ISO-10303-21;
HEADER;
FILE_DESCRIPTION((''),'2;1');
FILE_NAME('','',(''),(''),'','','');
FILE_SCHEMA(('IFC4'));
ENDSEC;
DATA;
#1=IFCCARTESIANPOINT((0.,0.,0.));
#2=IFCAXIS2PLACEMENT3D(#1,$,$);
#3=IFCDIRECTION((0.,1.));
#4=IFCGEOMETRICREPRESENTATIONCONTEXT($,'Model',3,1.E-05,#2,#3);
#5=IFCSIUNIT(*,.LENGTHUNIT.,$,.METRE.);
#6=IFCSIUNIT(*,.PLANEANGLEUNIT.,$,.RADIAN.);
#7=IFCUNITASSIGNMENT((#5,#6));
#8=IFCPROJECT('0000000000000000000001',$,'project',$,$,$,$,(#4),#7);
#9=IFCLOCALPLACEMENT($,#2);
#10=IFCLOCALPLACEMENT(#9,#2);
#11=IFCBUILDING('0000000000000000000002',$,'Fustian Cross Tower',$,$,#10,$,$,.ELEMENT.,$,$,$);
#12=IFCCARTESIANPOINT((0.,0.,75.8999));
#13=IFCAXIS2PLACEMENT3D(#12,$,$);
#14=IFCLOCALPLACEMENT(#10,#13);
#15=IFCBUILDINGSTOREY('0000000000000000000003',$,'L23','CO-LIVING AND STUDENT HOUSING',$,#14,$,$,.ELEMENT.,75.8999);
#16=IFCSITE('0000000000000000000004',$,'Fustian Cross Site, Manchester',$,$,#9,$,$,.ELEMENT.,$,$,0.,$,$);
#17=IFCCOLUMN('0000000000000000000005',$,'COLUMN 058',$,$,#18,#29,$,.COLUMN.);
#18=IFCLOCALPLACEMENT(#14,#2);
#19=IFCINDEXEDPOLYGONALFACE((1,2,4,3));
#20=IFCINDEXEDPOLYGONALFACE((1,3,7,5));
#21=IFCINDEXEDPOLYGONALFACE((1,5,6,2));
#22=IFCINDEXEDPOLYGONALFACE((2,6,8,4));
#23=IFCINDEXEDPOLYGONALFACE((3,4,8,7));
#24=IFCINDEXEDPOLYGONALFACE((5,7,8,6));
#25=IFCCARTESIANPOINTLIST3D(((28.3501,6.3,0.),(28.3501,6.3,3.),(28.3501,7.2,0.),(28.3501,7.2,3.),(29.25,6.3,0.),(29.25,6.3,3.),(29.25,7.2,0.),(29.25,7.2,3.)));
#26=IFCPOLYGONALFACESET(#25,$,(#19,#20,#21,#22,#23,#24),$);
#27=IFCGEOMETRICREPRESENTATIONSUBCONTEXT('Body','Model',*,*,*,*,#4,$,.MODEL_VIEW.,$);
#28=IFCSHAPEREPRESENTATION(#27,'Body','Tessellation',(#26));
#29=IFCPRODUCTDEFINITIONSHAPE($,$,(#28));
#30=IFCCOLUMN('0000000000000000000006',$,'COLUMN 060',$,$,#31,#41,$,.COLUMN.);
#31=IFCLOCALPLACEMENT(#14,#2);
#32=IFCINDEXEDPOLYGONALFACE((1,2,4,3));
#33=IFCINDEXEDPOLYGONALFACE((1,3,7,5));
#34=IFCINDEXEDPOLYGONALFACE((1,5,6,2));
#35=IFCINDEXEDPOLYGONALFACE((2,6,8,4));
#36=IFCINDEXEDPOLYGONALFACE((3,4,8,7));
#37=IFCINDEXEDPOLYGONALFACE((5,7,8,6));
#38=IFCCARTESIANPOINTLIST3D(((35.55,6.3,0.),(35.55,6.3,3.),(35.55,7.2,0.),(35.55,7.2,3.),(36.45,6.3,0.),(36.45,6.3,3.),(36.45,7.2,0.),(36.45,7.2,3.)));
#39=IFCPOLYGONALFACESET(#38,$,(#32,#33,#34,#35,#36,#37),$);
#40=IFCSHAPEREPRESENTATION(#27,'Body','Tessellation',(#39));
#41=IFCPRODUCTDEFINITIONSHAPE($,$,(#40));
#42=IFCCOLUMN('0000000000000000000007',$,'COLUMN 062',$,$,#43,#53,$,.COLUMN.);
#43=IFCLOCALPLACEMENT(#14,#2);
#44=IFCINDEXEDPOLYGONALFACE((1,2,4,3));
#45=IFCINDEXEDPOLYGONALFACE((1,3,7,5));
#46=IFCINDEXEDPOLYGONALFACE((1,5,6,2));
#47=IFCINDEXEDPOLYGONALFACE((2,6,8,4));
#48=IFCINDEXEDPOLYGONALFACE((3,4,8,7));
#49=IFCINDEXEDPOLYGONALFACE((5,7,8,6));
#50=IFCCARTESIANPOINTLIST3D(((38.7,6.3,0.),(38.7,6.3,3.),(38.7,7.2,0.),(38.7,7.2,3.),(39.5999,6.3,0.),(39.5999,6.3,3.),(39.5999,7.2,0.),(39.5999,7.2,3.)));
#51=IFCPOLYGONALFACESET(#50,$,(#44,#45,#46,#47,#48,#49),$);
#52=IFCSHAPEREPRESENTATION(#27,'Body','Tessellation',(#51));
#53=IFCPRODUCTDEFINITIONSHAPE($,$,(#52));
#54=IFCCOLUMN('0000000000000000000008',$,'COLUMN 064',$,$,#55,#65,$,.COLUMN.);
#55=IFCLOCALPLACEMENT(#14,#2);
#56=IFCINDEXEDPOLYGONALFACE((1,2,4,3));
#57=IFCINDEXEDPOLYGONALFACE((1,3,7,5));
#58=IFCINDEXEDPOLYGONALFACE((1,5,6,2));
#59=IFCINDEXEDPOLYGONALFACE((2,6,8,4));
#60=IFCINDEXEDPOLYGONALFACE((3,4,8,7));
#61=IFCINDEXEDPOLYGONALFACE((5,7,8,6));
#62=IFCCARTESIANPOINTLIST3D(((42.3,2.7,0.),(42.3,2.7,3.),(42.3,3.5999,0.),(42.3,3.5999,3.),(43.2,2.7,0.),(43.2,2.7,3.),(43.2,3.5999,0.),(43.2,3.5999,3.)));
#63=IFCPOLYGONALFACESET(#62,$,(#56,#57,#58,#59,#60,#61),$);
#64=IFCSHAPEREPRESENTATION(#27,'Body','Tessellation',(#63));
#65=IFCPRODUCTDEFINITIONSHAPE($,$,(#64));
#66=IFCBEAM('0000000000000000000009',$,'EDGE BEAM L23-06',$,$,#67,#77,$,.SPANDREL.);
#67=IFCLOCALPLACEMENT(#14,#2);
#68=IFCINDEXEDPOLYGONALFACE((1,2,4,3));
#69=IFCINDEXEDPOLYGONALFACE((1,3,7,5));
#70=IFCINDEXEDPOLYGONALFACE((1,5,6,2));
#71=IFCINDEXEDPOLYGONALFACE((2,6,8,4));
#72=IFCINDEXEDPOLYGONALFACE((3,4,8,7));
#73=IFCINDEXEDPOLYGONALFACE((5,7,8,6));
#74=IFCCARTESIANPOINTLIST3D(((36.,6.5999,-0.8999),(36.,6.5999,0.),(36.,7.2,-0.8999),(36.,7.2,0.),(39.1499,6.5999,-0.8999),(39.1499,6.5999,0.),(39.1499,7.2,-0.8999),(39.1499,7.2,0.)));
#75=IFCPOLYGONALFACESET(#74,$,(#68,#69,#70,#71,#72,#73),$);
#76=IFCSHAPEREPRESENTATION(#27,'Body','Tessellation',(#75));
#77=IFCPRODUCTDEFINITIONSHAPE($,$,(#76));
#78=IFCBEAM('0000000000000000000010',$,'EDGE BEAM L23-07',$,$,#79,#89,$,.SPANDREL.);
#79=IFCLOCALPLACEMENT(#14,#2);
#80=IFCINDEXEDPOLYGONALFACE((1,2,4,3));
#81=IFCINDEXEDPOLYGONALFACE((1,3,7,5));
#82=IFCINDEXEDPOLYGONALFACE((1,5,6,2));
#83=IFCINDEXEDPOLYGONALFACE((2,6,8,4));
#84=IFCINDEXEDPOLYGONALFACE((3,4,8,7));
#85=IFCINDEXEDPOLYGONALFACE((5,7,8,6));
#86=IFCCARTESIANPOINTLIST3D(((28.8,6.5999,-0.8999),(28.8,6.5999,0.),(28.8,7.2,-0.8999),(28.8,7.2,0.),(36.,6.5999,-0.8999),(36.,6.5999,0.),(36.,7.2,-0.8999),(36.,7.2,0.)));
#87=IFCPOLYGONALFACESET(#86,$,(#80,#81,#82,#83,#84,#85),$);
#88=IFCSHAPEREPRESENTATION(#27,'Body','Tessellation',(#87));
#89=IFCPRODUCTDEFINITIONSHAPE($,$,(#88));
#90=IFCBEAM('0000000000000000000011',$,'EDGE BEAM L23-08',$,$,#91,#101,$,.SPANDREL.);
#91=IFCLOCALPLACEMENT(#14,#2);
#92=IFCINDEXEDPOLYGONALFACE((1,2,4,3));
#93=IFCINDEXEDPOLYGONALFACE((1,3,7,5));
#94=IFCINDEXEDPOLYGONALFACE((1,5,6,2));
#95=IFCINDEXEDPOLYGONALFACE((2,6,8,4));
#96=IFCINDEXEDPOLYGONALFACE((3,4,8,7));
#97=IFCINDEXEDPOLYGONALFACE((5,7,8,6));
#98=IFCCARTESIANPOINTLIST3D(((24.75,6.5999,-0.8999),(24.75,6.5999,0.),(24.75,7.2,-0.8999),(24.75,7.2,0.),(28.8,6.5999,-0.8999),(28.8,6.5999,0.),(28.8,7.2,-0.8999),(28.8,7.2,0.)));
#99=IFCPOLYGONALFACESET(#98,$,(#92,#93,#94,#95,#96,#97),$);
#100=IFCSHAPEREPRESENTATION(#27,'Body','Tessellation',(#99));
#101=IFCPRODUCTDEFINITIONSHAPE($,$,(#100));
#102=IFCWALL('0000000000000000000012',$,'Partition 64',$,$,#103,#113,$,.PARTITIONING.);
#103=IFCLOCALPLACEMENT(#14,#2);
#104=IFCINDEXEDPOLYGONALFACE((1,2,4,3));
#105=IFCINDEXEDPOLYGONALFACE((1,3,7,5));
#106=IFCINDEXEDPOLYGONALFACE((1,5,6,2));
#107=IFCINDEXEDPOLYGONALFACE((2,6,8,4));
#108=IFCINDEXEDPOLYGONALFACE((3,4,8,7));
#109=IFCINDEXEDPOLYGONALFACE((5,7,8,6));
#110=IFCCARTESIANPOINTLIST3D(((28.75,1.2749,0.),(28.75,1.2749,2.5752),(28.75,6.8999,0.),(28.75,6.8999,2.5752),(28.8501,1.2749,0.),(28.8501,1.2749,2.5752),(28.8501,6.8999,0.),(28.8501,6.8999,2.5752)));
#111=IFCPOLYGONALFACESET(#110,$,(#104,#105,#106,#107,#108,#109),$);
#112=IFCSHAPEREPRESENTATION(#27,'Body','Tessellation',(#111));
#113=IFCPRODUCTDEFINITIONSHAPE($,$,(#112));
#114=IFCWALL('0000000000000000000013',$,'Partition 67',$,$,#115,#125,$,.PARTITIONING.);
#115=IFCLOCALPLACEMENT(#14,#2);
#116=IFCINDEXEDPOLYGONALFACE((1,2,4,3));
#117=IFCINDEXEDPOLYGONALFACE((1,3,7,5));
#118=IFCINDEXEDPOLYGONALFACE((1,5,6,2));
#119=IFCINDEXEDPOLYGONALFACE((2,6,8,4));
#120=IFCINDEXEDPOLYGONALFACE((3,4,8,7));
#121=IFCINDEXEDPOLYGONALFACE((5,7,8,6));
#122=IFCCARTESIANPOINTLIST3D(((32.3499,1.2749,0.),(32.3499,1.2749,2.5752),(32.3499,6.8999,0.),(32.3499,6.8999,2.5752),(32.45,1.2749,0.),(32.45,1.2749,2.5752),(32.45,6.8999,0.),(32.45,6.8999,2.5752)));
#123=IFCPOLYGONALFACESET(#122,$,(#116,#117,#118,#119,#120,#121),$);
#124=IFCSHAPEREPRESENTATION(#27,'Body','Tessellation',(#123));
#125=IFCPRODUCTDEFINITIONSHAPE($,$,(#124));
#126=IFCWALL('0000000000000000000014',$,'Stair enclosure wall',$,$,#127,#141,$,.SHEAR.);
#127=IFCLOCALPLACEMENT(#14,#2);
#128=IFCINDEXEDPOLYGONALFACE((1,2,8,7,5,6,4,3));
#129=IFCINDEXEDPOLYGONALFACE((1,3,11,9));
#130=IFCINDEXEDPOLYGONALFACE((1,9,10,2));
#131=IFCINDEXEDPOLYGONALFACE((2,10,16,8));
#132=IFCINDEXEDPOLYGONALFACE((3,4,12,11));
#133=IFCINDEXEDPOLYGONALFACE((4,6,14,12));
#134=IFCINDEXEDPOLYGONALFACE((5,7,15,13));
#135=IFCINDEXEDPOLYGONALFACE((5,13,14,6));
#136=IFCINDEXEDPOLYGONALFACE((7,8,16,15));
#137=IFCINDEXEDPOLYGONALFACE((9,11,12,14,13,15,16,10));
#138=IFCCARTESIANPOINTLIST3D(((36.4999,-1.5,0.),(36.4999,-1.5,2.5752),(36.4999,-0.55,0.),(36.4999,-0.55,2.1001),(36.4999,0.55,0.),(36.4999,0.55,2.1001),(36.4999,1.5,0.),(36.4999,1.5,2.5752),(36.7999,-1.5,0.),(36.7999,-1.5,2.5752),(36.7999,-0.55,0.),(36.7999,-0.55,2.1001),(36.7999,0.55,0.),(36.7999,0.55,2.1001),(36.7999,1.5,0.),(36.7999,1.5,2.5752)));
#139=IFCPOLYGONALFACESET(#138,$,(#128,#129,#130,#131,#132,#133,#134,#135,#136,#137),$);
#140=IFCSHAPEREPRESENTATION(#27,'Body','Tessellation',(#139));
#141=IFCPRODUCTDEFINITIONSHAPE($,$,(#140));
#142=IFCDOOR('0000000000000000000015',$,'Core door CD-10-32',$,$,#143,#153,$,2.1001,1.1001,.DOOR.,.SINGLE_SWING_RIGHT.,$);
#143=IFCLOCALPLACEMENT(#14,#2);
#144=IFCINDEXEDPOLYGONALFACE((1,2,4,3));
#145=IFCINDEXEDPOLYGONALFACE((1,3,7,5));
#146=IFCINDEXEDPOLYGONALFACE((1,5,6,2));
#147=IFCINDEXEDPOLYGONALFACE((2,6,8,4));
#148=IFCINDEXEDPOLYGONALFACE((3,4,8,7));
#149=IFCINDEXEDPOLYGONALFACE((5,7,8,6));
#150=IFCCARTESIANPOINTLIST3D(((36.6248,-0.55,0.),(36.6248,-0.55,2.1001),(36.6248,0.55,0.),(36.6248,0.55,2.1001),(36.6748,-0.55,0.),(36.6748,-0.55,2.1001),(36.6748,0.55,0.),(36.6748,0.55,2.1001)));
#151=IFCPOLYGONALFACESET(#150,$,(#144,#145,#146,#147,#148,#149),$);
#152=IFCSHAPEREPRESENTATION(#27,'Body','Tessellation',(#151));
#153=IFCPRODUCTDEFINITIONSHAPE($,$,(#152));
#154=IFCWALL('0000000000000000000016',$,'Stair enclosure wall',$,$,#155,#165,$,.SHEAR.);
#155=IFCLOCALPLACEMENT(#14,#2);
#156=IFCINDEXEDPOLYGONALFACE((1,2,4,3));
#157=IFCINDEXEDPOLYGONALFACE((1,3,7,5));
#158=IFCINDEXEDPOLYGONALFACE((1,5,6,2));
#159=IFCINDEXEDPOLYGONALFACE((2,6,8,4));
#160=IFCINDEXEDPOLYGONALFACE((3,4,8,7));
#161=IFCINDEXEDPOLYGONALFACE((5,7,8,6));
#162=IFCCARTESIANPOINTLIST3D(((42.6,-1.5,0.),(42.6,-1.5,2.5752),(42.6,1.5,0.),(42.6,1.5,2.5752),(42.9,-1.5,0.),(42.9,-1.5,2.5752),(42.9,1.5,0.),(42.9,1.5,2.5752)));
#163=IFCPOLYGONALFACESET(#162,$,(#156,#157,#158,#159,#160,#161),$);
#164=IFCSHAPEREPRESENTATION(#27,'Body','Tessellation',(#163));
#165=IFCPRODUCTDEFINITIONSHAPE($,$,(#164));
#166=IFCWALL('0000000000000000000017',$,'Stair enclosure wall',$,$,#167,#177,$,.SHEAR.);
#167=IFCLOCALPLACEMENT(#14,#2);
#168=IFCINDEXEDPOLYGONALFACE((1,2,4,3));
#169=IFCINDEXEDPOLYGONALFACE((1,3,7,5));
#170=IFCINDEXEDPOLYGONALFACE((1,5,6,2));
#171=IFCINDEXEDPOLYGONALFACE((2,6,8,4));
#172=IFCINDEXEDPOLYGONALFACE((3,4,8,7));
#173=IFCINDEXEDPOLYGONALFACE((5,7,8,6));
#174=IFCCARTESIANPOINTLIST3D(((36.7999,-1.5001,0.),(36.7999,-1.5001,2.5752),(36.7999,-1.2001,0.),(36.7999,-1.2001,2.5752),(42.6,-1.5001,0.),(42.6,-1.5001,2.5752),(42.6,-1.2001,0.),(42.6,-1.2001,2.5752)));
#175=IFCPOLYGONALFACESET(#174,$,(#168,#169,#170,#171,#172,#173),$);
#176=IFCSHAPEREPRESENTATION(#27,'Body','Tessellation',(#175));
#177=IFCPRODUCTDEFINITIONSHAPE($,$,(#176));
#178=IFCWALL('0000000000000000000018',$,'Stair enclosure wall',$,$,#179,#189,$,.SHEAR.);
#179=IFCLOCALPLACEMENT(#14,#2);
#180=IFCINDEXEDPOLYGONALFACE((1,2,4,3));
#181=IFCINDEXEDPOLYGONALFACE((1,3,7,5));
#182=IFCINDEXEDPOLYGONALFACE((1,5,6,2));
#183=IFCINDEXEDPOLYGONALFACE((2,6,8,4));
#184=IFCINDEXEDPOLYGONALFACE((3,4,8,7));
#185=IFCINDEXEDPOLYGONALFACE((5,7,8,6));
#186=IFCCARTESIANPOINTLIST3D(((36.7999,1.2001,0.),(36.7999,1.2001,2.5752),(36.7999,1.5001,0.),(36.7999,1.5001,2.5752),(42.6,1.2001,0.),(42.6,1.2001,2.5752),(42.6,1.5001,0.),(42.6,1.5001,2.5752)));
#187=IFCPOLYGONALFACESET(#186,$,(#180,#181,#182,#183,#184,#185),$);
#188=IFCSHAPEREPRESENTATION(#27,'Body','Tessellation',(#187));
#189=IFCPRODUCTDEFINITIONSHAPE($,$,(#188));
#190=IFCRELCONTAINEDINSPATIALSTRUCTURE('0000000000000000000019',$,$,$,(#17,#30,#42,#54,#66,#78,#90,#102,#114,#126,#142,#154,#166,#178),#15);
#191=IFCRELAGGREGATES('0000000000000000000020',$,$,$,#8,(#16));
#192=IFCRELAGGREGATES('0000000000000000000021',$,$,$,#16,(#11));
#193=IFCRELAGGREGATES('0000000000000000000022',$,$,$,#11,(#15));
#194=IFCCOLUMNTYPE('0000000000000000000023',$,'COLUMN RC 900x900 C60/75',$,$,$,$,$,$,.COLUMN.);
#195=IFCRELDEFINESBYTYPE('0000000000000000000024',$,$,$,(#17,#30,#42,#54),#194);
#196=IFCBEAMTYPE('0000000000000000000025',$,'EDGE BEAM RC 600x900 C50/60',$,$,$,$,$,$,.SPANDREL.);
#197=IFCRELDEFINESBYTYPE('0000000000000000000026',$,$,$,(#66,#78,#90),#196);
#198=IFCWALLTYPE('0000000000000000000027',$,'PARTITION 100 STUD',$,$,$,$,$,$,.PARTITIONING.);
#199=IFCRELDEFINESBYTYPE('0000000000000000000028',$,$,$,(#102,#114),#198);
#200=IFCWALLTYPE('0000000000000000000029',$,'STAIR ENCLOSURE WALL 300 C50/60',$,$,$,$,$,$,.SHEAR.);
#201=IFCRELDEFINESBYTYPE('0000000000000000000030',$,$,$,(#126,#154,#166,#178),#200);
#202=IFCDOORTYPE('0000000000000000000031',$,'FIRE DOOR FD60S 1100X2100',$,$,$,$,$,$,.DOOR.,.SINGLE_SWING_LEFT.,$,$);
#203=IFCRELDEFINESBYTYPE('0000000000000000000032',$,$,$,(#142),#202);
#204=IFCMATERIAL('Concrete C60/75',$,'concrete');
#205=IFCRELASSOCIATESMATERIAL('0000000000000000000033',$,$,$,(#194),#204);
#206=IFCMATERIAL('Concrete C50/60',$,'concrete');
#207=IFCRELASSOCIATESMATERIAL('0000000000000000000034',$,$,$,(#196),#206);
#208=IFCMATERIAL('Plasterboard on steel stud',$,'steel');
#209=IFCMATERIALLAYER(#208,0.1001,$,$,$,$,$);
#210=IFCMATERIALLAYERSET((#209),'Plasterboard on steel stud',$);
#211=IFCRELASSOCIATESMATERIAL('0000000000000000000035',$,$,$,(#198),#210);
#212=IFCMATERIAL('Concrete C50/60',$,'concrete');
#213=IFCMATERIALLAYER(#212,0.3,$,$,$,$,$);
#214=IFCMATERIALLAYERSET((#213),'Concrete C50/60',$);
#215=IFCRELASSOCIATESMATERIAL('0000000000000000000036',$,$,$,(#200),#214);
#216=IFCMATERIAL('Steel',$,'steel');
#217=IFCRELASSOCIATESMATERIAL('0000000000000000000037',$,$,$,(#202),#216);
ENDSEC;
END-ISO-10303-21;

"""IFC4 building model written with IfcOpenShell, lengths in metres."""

from ifc_helpers import new_model, si_unit, direction, frame, frame_2d, origin, origin_2d, place, context, subcontext, project, spatial, rectangle, extrude, material, layer, layer_set, material_profile, profile_set, type_object, element, fill, save


model = new_model("IFC4")

# Units and contexts
model_context = context("Model", 3, precision=1e-05, world=origin(), true_north=direction((0.0, 1.0)))
body_context = subcontext(model_context, "Body", "Model", "MODEL_VIEW")
ifc_project = project(units=[si_unit("LENGTHUNIT", "METRE"), si_unit("PLANEANGLEUNIT", "RADIAN")], contexts=[model_context])

# Site, building, storey
site_placement = place(None, origin())
site = spatial("IfcSite", under=ifc_project, at=site_placement, Name="Fustian Cross Site, Manchester", CompositionType="ELEMENT", RefElevation=0.0)
building_placement = place(site_placement, origin())
building = spatial("IfcBuilding", under=site, at=building_placement, Name="Fustian Cross Tower", CompositionType="ELEMENT")
storey_placement = place(building_placement, frame((0.0, 0.0, 75.8999)))
storey = spatial("IfcBuildingStorey", under=building, at=storey_placement, Name="L23", Description="CO-LIVING AND STUDENT HOUSING", CompositionType="ELEMENT", Elevation=75.8999)

# Columns
ifc_material_1 = material(Name="Concrete C60/75", Category="concrete")
ifc_material_profile_1 = material_profile(ifc_material_1, rectangle(XDim=0.8999, YDim=0.8999, at=origin_2d()), Name="RC 900x900")
ifc_profile_set_1 = profile_set([ifc_material_profile_1], Name="Concrete C60/75")
column_type = type_object("IfcColumnType", Name="COLUMN RC 900x900 C60/75", PredefinedType="COLUMN", material=ifc_profile_set_1)
for number, where, z_axis, x_axis, name in (
    (1, (28.8, 6.75, 0.0), (0.0, 0.0, 1.0), (1.0, 0.0, 0.0), "COLUMN 058"),
    (2, (36.0, 6.75, 0.0), (0.0, 0.0, 1.0), (1.0, 0.0, 0.0), "COLUMN 060"),
    (3, (39.1499, 6.75, 0.0), (0.0, 0.0, 1.0), (1.0, 0.0, 0.0), "COLUMN 062"),
    (4, (42.75, 3.1499, 0.0), (0.0, 0.0, 1.0), (1.0, 0.0, 0.0), "COLUMN 064"),
):
    element("IfcColumn", number, at=place(storey_placement, frame(where, z_axis=z_axis, x_axis=x_axis)), inside=storey, type_object=column_type, Name=name, PredefinedType="COLUMN", context=body_context, shape_type="SweptSolid", body=[
        extrude(rectangle(XDim=0.8999, YDim=0.8999, at=origin_2d()), origin(), (0.0, 0.0, 1.0), 3.0),
    ])

# Beams
ifc_material_2 = material(Name="Concrete C50/60", Category="concrete")
ifc_material_profile_2 = material_profile(ifc_material_2, rectangle(XDim=0.6001, YDim=0.8999, at=origin_2d()), Name="RC 600x900")
ifc_profile_set_2 = profile_set([ifc_material_profile_2], Name="Concrete C50/60")
beam_type = type_object("IfcBeamType", Name="EDGE BEAM RC 600x900 C50/60", PredefinedType="SPANDREL", material=ifc_profile_set_2)
beam_1_placement = place(storey_placement, frame((39.1499, 6.8999, -0.45), z_axis=(-1.0, 0.0, 0.0), x_axis=(0.0, -1.0, 0.0)))
element("IfcBeam", 5, at=beam_1_placement, inside=storey, type_object=beam_type, Name="EDGE BEAM L23-06", PredefinedType="SPANDREL", context=body_context, shape_type="SweptSolid", body=[
    extrude(rectangle(XDim=0.6001, YDim=0.8999, at=origin_2d()), origin(), (0.0, 0.0, 1.0), 3.1499),
])
beam_2_placement = place(storey_placement, frame((36.0, 6.8999, -0.45), z_axis=(-1.0, 0.0, 0.0), x_axis=(0.0, -1.0, 0.0)))
element("IfcBeam", 6, at=beam_2_placement, inside=storey, type_object=beam_type, Name="EDGE BEAM L23-07", PredefinedType="SPANDREL", context=body_context, shape_type="SweptSolid", body=[
    extrude(rectangle(XDim=0.6001, YDim=0.8999, at=origin_2d()), origin(), (0.0, 0.0, 1.0), 7.2),
])
beam_3_placement = place(storey_placement, frame((28.8, 6.8999, -0.45), z_axis=(-1.0, 0.0, 0.0), x_axis=(0.0, -1.0, 0.0)))
element("IfcBeam", 7, at=beam_3_placement, inside=storey, type_object=beam_type, Name="EDGE BEAM L23-08", PredefinedType="SPANDREL", context=body_context, shape_type="SweptSolid", body=[
    extrude(rectangle(XDim=0.6001, YDim=0.8999, at=origin_2d()), origin(), (0.0, 0.0, 1.0), 4.05),
])

# Walls
ifc_material_3 = material(Name="Plasterboard on steel stud", Category="steel")
ifc_layer_1 = layer(ifc_material_3, 0.1001)
ifc_layer_set_1 = layer_set([ifc_layer_1], Name="Plasterboard on steel stud")
wall_type_1 = type_object("IfcWallType", Name="PARTITION 100 STUD", PredefinedType="PARTITIONING", material=ifc_layer_set_1)
for number, where, z_axis, x_axis, name in (
    (8, (28.8, 1.2749, 0.0), (0.0, 0.0, 1.0), (0.0, 1.0, 0.0), "Partition 64"),
    (9, (32.3999, 1.2749, 0.0), (0.0, 0.0, 1.0), (0.0, 1.0, 0.0), "Partition 67"),
):
    element("IfcWall", number, at=place(storey_placement, frame(where, z_axis=z_axis, x_axis=x_axis)), inside=storey, type_object=wall_type_1, Name=name, PredefinedType="PARTITIONING", context=body_context, shape_type="SweptSolid", body=[
        extrude(rectangle(XDim=5.625, YDim=0.1001, at=frame_2d((2.8125, 0.0))), origin(), (0.0, 0.0, 1.0), 2.5752),
    ])

# Wall, opening, door
ifc_material_4 = material(Name="Concrete C50/60", Category="concrete")
ifc_layer_2 = layer(ifc_material_4, 0.3)
ifc_layer_set_2 = layer_set([ifc_layer_2], Name="Concrete C50/60")
wall_type_2 = type_object("IfcWallType", Name="STAIR ENCLOSURE WALL 300 C50/60", PredefinedType="SHEAR", material=ifc_layer_set_2)
wall_1_placement = place(storey_placement, frame((36.6499, -1.5, 0.0), z_axis=(0.0, 0.0, 1.0), x_axis=(0.0, 1.0, 0.0)))
wall_1 = element("IfcWall", 10, at=wall_1_placement, inside=storey, type_object=wall_type_2, Name="Stair enclosure wall", PredefinedType="SHEAR", context=body_context, shape_type="SweptSolid", body=[
    extrude(rectangle(XDim=3.0, YDim=0.3, at=frame_2d((1.5, 0.0))), origin(), (0.0, 0.0, 1.0), 2.5752),
])
opening_1_placement = place(wall_1_placement, frame((0.95, 0.0, 0.0)))
opening_1 = element("IfcOpeningElement", 11, at=opening_1_placement, cuts=wall_1, PredefinedType="OPENING", context=body_context, shape_type="SweptSolid", body=[
    extrude(rectangle(XDim=1.1001, YDim=2.1001, at=frame_2d((0.55, 1.05))), frame((0.0, 0.1599, 0.0), z_axis=(0.0, -1.0, 0.0), x_axis=(1.0, 0.0, 0.0)), (0.0, 0.0, 1.0), 0.3201),
])
ifc_material_5 = material(Name="Steel", Category="steel")
door_type = type_object("IfcDoorType", Name="FIRE DOOR FD60S 1100X2100", OperationType="SINGLE_SWING_LEFT", PredefinedType="DOOR", material=ifc_material_5)
door_placement = place(opening_1_placement, frame((1.1001, 0.0, 0.0), z_axis=(0.0, 0.0, 1.0), x_axis=(-1.0, 0.0, 0.0)))
door = element("IfcDoor", 12, at=door_placement, inside=storey, type_object=door_type, Name="Core door CD-10-32", OperationType="SINGLE_SWING_RIGHT", OverallHeight=2.1001, OverallWidth=1.1001, PredefinedType="DOOR", context=body_context, shape_type="SweptSolid", body=[
    extrude(rectangle(XDim=1.1001, YDim=2.1001, at=frame_2d((0.55, 1.05))), frame((0.0, 0.0249, 0.0), z_axis=(0.0, -1.0, 0.0), x_axis=(1.0, 0.0, 0.0)), (0.0, 0.0, 1.0), 0.05),
])
fill(opening_1, door)

# Walls
wall_2_placement = place(storey_placement, frame((42.75, -1.5, 0.0), z_axis=(0.0, 0.0, 1.0), x_axis=(0.0, 1.0, 0.0)))
element("IfcWall", 13, at=wall_2_placement, inside=storey, type_object=wall_type_2, Name="Stair enclosure wall", PredefinedType="SHEAR", context=body_context, shape_type="SweptSolid", body=[
    extrude(rectangle(XDim=3.0, YDim=0.3, at=frame_2d((1.5, 0.0))), origin(), (0.0, 0.0, 1.0), 2.5752),
])
for number, where, z_axis, x_axis, name in (
    (14, (36.8, -1.3501, 0.0), (0.0, 0.0, 1.0), (1.0, 0.0, 0.0), "Stair enclosure wall"),
    (15, (36.8, 1.3501, 0.0), (0.0, 0.0, 1.0), (1.0, 0.0, 0.0), "Stair enclosure wall"),
):
    element("IfcWall", number, at=place(storey_placement, frame(where, z_axis=z_axis, x_axis=x_axis)), inside=storey, type_object=wall_type_2, Name=name, PredefinedType="SHEAR", context=body_context, shape_type="SweptSolid", body=[
        extrude(rectangle(XDim=5.8, YDim=0.3, at=frame_2d((2.8999, 0.0))), origin(), (0.0, 0.0, 1.0), 2.5752),
    ])

save(model, "model.ifc")
